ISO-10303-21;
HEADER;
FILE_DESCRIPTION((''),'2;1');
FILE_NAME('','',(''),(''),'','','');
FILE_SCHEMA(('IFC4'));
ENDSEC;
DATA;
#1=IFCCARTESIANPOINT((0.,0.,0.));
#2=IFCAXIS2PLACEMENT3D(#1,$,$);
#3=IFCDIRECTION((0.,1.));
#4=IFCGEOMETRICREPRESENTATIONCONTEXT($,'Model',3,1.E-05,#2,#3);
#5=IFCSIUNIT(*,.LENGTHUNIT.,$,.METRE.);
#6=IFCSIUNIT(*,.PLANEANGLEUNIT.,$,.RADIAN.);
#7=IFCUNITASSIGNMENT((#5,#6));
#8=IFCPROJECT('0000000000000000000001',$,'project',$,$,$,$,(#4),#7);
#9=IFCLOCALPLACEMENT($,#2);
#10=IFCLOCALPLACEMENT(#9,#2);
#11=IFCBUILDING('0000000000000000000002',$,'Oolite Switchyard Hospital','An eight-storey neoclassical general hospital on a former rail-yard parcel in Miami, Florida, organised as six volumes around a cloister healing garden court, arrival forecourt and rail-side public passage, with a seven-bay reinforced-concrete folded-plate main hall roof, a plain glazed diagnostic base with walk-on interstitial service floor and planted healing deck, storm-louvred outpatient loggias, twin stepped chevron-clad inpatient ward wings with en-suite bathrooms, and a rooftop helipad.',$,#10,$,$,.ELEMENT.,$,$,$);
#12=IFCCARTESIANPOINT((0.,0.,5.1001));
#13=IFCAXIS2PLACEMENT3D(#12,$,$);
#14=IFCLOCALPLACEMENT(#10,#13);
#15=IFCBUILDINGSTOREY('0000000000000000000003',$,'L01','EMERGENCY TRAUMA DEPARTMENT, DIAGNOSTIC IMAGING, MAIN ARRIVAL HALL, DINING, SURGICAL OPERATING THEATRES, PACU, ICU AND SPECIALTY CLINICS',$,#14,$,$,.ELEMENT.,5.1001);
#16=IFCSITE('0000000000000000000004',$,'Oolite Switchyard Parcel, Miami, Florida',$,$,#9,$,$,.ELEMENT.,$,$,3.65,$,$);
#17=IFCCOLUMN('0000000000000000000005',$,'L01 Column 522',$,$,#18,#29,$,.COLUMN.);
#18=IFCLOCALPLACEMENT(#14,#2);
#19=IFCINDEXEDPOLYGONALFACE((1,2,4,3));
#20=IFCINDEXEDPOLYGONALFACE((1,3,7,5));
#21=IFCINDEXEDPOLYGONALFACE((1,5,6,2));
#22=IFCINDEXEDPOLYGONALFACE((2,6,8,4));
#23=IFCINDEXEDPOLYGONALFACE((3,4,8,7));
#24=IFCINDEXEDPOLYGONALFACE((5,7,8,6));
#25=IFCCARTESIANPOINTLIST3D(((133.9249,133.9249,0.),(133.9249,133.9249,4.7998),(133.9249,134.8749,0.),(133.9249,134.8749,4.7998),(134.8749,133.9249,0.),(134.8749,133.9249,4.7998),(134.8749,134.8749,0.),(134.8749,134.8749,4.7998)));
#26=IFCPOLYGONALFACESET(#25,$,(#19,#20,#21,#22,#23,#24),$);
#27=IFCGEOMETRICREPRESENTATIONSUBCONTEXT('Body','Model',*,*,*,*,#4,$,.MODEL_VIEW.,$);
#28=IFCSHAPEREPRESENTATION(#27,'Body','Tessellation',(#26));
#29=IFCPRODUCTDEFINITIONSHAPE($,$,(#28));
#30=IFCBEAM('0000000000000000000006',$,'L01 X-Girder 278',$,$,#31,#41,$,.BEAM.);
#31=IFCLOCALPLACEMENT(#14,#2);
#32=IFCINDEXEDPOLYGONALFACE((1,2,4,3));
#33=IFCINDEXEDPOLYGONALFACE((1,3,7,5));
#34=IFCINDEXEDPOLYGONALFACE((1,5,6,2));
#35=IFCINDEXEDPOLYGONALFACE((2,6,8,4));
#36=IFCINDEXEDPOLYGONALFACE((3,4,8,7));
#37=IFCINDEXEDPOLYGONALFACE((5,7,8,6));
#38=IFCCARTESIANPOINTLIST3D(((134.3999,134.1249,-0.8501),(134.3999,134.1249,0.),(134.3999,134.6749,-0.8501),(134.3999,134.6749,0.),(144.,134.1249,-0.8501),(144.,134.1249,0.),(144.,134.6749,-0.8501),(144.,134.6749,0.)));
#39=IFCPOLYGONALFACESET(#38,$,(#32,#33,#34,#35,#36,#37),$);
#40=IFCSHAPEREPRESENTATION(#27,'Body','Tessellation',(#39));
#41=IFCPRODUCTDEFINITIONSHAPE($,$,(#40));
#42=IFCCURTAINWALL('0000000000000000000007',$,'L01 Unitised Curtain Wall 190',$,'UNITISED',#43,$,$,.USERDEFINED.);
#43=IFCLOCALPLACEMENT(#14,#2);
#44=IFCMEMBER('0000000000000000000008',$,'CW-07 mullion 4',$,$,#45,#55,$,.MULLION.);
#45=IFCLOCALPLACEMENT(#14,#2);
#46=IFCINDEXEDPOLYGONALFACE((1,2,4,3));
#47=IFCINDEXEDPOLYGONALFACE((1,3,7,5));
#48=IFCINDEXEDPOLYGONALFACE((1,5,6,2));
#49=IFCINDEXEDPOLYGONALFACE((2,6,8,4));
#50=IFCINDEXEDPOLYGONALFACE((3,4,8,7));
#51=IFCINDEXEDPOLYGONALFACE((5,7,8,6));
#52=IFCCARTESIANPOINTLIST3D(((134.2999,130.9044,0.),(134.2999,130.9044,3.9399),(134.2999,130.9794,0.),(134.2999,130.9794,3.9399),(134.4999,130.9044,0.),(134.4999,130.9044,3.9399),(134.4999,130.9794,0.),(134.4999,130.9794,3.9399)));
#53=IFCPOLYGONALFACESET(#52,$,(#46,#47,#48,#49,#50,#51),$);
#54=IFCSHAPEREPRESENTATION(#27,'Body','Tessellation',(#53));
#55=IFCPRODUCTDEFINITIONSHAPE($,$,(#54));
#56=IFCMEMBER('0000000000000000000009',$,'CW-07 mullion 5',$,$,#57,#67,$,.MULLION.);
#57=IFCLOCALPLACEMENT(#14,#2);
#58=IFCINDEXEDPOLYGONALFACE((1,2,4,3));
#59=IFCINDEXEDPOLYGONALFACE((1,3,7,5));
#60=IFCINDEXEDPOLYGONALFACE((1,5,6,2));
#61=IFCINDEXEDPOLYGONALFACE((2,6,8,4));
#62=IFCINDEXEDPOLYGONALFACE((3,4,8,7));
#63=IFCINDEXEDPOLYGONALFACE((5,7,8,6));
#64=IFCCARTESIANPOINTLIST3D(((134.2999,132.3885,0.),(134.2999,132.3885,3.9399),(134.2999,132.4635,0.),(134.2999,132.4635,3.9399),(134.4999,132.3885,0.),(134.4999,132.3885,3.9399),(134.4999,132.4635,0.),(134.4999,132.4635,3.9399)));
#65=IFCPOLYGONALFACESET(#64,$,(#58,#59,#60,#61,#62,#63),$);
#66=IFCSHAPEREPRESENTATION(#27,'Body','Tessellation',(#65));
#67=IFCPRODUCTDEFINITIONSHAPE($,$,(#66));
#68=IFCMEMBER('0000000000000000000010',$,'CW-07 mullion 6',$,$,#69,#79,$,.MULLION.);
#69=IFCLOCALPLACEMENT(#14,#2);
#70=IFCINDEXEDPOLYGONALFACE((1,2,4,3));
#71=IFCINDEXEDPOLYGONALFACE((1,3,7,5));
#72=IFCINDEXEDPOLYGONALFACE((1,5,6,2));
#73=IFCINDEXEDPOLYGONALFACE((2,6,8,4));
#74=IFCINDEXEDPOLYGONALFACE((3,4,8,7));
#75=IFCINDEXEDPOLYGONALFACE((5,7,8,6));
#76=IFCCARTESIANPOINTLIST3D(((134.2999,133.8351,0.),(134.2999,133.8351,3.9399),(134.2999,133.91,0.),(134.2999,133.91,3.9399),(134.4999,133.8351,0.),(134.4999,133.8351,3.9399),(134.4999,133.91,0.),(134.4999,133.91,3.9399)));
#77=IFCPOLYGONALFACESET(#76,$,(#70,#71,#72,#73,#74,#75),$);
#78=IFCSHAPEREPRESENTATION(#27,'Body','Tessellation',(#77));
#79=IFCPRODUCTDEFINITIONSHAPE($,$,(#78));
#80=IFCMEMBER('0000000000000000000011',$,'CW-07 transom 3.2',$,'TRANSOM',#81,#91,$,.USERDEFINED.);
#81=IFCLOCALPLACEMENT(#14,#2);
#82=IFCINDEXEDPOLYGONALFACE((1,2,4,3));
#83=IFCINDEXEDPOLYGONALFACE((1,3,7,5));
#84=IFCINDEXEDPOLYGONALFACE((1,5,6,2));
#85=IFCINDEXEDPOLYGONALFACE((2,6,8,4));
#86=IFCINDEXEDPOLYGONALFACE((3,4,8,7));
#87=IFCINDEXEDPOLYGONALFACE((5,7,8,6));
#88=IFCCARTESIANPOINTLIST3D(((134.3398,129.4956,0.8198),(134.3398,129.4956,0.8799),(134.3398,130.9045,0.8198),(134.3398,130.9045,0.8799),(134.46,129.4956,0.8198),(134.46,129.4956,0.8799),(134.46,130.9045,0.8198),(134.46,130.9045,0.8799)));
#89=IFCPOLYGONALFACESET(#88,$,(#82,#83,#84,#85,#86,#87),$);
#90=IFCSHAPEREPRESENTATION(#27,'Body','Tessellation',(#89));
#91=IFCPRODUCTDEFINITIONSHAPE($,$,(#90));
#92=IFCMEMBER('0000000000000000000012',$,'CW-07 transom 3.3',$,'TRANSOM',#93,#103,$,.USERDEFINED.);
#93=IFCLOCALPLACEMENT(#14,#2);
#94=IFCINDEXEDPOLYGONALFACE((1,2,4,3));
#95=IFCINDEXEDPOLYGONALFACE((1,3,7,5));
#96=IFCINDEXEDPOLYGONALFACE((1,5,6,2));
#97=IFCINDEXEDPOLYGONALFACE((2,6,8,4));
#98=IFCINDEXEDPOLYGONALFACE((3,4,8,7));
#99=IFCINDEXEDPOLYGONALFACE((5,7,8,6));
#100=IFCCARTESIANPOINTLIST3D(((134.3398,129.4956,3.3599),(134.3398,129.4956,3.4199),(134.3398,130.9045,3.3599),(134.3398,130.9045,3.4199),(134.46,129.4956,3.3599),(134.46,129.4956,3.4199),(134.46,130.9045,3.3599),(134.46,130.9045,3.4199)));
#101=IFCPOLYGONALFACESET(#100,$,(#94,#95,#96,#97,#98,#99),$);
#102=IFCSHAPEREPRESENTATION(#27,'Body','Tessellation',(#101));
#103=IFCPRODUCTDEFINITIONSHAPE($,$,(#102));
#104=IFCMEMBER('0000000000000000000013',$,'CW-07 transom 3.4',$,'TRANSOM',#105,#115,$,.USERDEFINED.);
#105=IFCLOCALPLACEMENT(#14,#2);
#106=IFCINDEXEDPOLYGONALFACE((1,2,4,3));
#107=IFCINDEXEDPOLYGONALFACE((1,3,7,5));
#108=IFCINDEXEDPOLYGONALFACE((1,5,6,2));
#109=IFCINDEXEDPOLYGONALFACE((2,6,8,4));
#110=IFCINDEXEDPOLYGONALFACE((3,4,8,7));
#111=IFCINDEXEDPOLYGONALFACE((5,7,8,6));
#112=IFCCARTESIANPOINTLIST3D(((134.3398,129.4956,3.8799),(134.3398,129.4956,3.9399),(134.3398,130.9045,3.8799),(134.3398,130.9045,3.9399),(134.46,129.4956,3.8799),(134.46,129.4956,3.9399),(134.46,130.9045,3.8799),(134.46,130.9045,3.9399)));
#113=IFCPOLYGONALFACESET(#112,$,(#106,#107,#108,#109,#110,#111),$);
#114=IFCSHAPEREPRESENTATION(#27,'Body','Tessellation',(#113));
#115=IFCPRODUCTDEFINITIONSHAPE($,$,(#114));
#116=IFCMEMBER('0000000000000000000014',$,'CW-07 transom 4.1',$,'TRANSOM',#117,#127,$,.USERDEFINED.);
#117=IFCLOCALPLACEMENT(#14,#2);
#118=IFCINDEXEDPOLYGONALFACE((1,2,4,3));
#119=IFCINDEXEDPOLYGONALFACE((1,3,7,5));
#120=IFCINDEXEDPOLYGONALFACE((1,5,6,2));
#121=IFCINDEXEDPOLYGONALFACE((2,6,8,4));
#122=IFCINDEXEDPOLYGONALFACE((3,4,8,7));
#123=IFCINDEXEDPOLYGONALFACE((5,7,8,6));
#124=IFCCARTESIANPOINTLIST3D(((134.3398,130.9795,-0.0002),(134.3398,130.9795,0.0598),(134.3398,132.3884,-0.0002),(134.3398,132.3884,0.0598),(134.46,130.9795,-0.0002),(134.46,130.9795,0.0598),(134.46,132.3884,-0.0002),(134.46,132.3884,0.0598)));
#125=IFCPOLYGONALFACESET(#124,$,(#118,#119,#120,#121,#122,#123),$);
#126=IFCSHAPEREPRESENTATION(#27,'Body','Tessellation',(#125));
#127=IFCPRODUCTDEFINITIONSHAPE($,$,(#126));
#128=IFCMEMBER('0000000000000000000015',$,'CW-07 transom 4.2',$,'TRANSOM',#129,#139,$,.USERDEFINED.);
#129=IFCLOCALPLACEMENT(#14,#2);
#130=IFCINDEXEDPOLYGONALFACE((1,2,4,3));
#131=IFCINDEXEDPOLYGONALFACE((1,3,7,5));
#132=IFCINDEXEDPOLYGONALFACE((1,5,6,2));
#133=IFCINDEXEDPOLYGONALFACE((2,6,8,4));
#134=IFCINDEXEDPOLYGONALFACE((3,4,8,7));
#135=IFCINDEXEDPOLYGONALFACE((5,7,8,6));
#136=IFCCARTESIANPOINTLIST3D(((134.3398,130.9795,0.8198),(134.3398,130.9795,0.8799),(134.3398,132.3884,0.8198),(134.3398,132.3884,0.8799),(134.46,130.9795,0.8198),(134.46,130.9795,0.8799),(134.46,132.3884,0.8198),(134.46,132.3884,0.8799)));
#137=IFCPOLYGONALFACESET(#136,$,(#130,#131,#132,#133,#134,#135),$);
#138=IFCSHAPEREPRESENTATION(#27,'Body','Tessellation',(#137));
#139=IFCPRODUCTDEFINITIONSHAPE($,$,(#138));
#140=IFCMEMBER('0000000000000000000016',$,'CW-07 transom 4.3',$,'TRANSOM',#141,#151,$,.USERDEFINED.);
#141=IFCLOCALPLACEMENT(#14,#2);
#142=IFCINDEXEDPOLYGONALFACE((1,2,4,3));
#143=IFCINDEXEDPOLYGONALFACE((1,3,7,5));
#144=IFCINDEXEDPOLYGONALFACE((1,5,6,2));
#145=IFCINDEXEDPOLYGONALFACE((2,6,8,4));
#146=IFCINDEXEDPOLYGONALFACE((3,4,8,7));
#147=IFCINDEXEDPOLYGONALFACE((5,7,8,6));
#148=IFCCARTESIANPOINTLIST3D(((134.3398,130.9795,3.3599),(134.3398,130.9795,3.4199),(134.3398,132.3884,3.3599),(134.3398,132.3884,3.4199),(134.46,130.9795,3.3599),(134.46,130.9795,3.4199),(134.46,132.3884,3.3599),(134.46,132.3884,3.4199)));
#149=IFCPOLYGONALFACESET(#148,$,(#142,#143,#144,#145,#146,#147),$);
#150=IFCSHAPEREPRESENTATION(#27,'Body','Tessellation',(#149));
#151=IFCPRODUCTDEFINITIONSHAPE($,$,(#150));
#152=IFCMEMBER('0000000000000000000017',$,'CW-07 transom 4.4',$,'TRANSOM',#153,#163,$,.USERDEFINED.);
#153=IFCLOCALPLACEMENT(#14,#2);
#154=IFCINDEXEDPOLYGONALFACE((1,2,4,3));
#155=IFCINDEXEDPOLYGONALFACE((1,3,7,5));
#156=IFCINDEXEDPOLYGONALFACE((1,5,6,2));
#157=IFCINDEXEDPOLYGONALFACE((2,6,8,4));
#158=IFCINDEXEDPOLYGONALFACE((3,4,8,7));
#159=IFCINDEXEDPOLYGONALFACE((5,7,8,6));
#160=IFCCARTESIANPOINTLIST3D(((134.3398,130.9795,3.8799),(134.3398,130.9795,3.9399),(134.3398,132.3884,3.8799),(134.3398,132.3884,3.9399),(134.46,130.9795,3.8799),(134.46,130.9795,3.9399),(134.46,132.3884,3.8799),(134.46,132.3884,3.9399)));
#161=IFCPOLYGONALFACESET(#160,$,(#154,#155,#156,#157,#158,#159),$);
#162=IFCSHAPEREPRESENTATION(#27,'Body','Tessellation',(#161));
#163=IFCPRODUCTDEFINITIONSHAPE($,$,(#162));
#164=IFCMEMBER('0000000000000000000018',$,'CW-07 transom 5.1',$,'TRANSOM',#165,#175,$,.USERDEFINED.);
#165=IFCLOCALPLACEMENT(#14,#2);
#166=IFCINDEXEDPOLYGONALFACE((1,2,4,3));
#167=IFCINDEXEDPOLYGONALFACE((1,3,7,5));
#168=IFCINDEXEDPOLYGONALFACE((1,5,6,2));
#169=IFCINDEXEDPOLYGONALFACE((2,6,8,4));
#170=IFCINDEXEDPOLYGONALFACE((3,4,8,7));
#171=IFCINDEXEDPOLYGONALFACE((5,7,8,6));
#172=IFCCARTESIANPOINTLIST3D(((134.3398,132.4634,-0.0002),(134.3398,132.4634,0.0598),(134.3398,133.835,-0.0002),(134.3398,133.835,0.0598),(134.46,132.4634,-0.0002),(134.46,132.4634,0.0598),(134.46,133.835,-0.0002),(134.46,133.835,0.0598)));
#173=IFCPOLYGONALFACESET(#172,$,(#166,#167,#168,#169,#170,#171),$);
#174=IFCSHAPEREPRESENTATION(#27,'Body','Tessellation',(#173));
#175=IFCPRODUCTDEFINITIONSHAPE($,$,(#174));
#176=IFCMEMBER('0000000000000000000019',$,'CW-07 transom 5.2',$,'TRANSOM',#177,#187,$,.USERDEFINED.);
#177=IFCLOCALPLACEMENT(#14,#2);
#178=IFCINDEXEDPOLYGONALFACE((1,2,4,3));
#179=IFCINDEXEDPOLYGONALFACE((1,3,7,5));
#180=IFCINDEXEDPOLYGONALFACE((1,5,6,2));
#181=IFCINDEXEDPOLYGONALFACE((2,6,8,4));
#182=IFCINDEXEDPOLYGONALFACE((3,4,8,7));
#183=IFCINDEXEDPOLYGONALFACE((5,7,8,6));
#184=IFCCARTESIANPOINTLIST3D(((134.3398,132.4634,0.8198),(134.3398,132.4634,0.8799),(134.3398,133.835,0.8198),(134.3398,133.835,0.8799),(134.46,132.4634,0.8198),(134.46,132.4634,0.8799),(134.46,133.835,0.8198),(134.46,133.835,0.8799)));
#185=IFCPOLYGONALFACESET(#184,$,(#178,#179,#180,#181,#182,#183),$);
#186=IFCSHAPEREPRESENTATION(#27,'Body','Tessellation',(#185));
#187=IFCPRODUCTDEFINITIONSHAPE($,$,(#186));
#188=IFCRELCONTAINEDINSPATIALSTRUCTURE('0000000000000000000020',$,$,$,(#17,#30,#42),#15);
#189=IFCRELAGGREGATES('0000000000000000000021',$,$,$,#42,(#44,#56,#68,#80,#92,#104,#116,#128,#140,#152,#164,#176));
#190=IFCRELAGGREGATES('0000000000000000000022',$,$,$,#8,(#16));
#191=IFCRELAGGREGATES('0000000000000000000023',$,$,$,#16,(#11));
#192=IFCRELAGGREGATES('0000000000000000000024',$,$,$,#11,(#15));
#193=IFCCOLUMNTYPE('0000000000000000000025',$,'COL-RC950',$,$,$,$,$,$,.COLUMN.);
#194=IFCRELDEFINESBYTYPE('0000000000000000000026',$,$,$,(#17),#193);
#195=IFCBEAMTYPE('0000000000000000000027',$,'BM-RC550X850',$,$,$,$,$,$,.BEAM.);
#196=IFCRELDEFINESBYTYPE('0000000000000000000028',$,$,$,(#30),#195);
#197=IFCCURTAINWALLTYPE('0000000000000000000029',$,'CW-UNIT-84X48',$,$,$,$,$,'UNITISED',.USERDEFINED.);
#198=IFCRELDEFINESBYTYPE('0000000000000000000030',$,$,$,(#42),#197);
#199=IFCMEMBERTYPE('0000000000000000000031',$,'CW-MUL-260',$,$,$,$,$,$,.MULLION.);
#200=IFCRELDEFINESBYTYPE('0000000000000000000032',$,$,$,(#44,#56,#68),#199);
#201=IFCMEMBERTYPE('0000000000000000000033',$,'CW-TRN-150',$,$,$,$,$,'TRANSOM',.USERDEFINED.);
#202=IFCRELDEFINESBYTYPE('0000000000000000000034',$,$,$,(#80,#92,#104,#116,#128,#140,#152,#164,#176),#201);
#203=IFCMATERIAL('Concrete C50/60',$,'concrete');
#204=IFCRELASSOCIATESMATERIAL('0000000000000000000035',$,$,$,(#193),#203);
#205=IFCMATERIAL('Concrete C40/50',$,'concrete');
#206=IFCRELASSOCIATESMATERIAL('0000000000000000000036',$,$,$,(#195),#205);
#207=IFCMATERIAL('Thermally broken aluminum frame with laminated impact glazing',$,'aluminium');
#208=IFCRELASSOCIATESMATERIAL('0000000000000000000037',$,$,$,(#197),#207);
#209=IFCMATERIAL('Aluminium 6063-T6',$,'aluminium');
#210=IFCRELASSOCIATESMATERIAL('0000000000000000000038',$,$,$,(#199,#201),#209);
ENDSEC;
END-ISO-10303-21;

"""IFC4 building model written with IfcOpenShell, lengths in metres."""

from ifc_helpers import new_model, si_unit, direction, frame, origin, origin_2d, place, context, subcontext, project, spatial, rectangle, extrude, material, material_profile, profile_set, type_object, element, aggregate, save


model = new_model("IFC4")

# Units and contexts
model_context = context("Model", 3, precision=1e-05, world=origin(), true_north=direction((0.0, 1.0)))
body_context = subcontext(model_context, "Body", "Model", "MODEL_VIEW")
ifc_project = project(units=[si_unit("LENGTHUNIT", "METRE"), si_unit("PLANEANGLEUNIT", "RADIAN")], contexts=[model_context])

# Site, building, storey
site_placement = place(None, origin())
site = spatial("IfcSite", under=ifc_project, at=site_placement, Name="Oolite Switchyard Parcel, Miami, Florida", CompositionType="ELEMENT", RefElevation=3.65)
building_placement = place(site_placement, origin())
building = spatial("IfcBuilding", under=site, at=building_placement, Name="Oolite Switchyard Hospital", Description="An eight-storey neoclassical general hospital on a former rail-yard parcel in Miami, Florida, organised as six volumes around a cloister healing garden court, arrival forecourt and rail-side public passage, with a seven-bay reinforced-concrete folded-plate main hall roof, a plain glazed diagnostic base with walk-on interstitial service floor and planted healing deck, storm-louvred outpatient loggias, twin stepped chevron-clad inpatient ward wings with en-suite bathrooms, and a rooftop helipad.", CompositionType="ELEMENT")
storey_placement = place(building_placement, frame((0.0, 0.0, 5.1001)))
storey = spatial("IfcBuildingStorey", under=building, at=storey_placement, Name="L01", Description="EMERGENCY TRAUMA DEPARTMENT, DIAGNOSTIC IMAGING, MAIN ARRIVAL HALL, DINING, SURGICAL OPERATING THEATRES, PACU, ICU AND SPECIALTY CLINICS", CompositionType="ELEMENT", Elevation=5.1001)

# Column
ifc_material_1 = material(Name="Concrete C50/60", Category="concrete")
ifc_material_profile_1 = material_profile(ifc_material_1, rectangle(XDim=0.95, YDim=0.95, at=origin_2d()), Name="RC950X950")
ifc_profile_set_1 = profile_set([ifc_material_profile_1], Name="Concrete C50/60")
column_type = type_object("IfcColumnType", Name="COL-RC950", PredefinedType="COLUMN", material=ifc_profile_set_1)
column_placement = place(storey_placement, frame((134.3999, 134.3999, 0.0), z_axis=(0.0, 0.0, 1.0), x_axis=(1.0, 0.0, 0.0)))
element("IfcColumn", 1, at=column_placement, inside=storey, type_object=column_type, Name="L01 Column 522", PredefinedType="COLUMN", context=body_context, shape_type="SweptSolid", body=[
    extrude(rectangle(XDim=0.95, YDim=0.95, at=origin_2d()), origin(), (0.0, 0.0, 1.0), 4.7998),
])

# Beam
ifc_material_2 = material(Name="Concrete C40/50", Category="concrete")
ifc_material_profile_2 = material_profile(ifc_material_2, rectangle(XDim=0.55, YDim=0.8501, at=origin_2d()), Name="RCB550X850")
ifc_profile_set_2 = profile_set([ifc_material_profile_2], Name="Concrete C40/50")
beam_type = type_object("IfcBeamType", Name="BM-RC550X850", PredefinedType="BEAM", material=ifc_profile_set_2)
beam_placement = place(storey_placement, frame((134.3999, 134.3999, -0.425), z_axis=(1.0, 0.0, 0.0), x_axis=(0.0, 1.0, 0.0)))
element("IfcBeam", 2, at=beam_placement, inside=storey, type_object=beam_type, Name="L01 X-Girder 278", PredefinedType="BEAM", context=body_context, shape_type="SweptSolid", body=[
    extrude(rectangle(XDim=0.55, YDim=0.8501, at=origin_2d()), origin(), (0.0, 0.0, 1.0), 9.6001),
])

# Curtain wall, members
ifc_material_3 = material(Name="Thermally broken aluminum frame with laminated impact glazing", Category="aluminium")
curtain_wall_type = type_object("IfcCurtainWallType", Name="CW-UNIT-84X48", ElementType="UNITISED", PredefinedType="USERDEFINED", material=ifc_material_3)
curtain_wall_placement = place(storey_placement, origin())
curtain_wall = element("IfcCurtainWall", 3, at=curtain_wall_placement, inside=storey, type_object=curtain_wall_type, Name="L01 Unitised Curtain Wall 190", ObjectType="UNITISED", PredefinedType="USERDEFINED")
ifc_material_4 = material(Name="Aluminium 6063-T6", Category="aluminium")
ifc_material_profile_3 = material_profile(ifc_material_4, rectangle(XDim=0.2, YDim=0.075, at=origin_2d()), Name="CWM75X200")
ifc_profile_set_3 = profile_set([ifc_material_profile_3], Name="Aluminium 6063-T6")
member_type_1 = type_object("IfcMemberType", Name="CW-MUL-260", PredefinedType="MULLION", material=ifc_profile_set_3)
member_1_placement = place(storey_placement, frame((134.3999, 130.9419, 0.0), z_axis=(0.0, 0.0, 1.0), x_axis=(-1.0, 0.0, 0.0)))
member_1 = element("IfcMember", 4, at=member_1_placement, type_object=member_type_1, Name="CW-07 mullion 4", PredefinedType="MULLION", context=body_context, shape_type="SweptSolid", body=[
    extrude(rectangle(XDim=0.2, YDim=0.075, at=origin_2d()), origin(), (0.0, 0.0, 1.0), 3.9399),
])
member_2_placement = place(storey_placement, frame((134.3999, 132.426, 0.0), z_axis=(0.0, 0.0, 1.0), x_axis=(-1.0, 0.0, 0.0)))
member_2 = element("IfcMember", 5, at=member_2_placement, type_object=member_type_1, Name="CW-07 mullion 5", PredefinedType="MULLION", context=body_context, shape_type="SweptSolid", body=[
    extrude(rectangle(XDim=0.2, YDim=0.075, at=origin_2d()), origin(), (0.0, 0.0, 1.0), 3.9399),
])
member_3_placement = place(storey_placement, frame((134.3999, 133.8726, 0.0), z_axis=(0.0, 0.0, 1.0), x_axis=(-1.0, 0.0, 0.0)))
member_3 = element("IfcMember", 6, at=member_3_placement, type_object=member_type_1, Name="CW-07 mullion 6", PredefinedType="MULLION", context=body_context, shape_type="SweptSolid", body=[
    extrude(rectangle(XDim=0.2, YDim=0.075, at=origin_2d()), origin(), (0.0, 0.0, 1.0), 3.9399),
])
ifc_material_profile_4 = material_profile(ifc_material_4, rectangle(XDim=0.1201, YDim=0.0601, at=origin_2d()), Name="CWT60X120")
ifc_profile_set_4 = profile_set([ifc_material_profile_4], Name="Aluminium 6063-T6")
member_type_2 = type_object("IfcMemberType", Name="CW-TRN-150", ElementType="TRANSOM", PredefinedType="USERDEFINED", material=ifc_profile_set_4)
member_4_placement = place(storey_placement, frame((134.3999, 129.4956, 0.8499), z_axis=(0.0, 1.0, 0.0), x_axis=(-1.0, 0.0, 0.0)))
member_4 = element("IfcMember", 7, at=member_4_placement, type_object=member_type_2, Name="CW-07 transom 3.2", ObjectType="TRANSOM", PredefinedType="USERDEFINED", context=body_context, shape_type="SweptSolid", body=[
    extrude(rectangle(XDim=0.1201, YDim=0.0601, at=origin_2d()), origin(), (0.0, 0.0, 1.0), 1.4089),
])
member_5_placement = place(storey_placement, frame((134.3999, 129.4956, 3.3899), z_axis=(0.0, 1.0, 0.0), x_axis=(-1.0, 0.0, 0.0)))
member_5 = element("IfcMember", 8, at=member_5_placement, type_object=member_type_2, Name="CW-07 transom 3.3", ObjectType="TRANSOM", PredefinedType="USERDEFINED", context=body_context, shape_type="SweptSolid", body=[
    extrude(rectangle(XDim=0.1201, YDim=0.0601, at=origin_2d()), origin(), (0.0, 0.0, 1.0), 1.4089),
])
member_6_placement = place(storey_placement, frame((134.3999, 129.4956, 3.9099), z_axis=(0.0, 1.0, 0.0), x_axis=(-1.0, 0.0, 0.0)))
member_6 = element("IfcMember", 9, at=member_6_placement, type_object=member_type_2, Name="CW-07 transom 3.4", ObjectType="TRANSOM", PredefinedType="USERDEFINED", context=body_context, shape_type="SweptSolid", body=[
    extrude(rectangle(XDim=0.1201, YDim=0.0601, at=origin_2d()), origin(), (0.0, 0.0, 1.0), 1.4089),
])
member_7_placement = place(storey_placement, frame((134.3999, 130.9795, 0.0298), z_axis=(0.0, 1.0, 0.0), x_axis=(-1.0, 0.0, 0.0)))
member_7 = element("IfcMember", 10, at=member_7_placement, type_object=member_type_2, Name="CW-07 transom 4.1", ObjectType="TRANSOM", PredefinedType="USERDEFINED", context=body_context, shape_type="SweptSolid", body=[
    extrude(rectangle(XDim=0.1201, YDim=0.0601, at=origin_2d()), origin(), (0.0, 0.0, 1.0), 1.4089),
])
member_8_placement = place(storey_placement, frame((134.3999, 130.9795, 0.8499), z_axis=(0.0, 1.0, 0.0), x_axis=(-1.0, 0.0, 0.0)))
member_8 = element("IfcMember", 11, at=member_8_placement, type_object=member_type_2, Name="CW-07 transom 4.2", ObjectType="TRANSOM", PredefinedType="USERDEFINED", context=body_context, shape_type="SweptSolid", body=[
    extrude(rectangle(XDim=0.1201, YDim=0.0601, at=origin_2d()), origin(), (0.0, 0.0, 1.0), 1.4089),
])
member_9_placement = place(storey_placement, frame((134.3999, 130.9795, 3.3899), z_axis=(0.0, 1.0, 0.0), x_axis=(-1.0, 0.0, 0.0)))
member_9 = element("IfcMember", 12, at=member_9_placement, type_object=member_type_2, Name="CW-07 transom 4.3", ObjectType="TRANSOM", PredefinedType="USERDEFINED", context=body_context, shape_type="SweptSolid", body=[
    extrude(rectangle(XDim=0.1201, YDim=0.0601, at=origin_2d()), origin(), (0.0, 0.0, 1.0), 1.4089),
])
member_10_placement = place(storey_placement, frame((134.3999, 130.9795, 3.9099), z_axis=(0.0, 1.0, 0.0), x_axis=(-1.0, 0.0, 0.0)))
member_10 = element("IfcMember", 13, at=member_10_placement, type_object=member_type_2, Name="CW-07 transom 4.4", ObjectType="TRANSOM", PredefinedType="USERDEFINED", context=body_context, shape_type="SweptSolid", body=[
    extrude(rectangle(XDim=0.1201, YDim=0.0601, at=origin_2d()), origin(), (0.0, 0.0, 1.0), 1.4089),
])
member_11_placement = place(storey_placement, frame((134.3999, 132.4634, 0.0298), z_axis=(0.0, 1.0, 0.0), x_axis=(-1.0, 0.0, 0.0)))
member_11 = element("IfcMember", 14, at=member_11_placement, type_object=member_type_2, Name="CW-07 transom 5.1", ObjectType="TRANSOM", PredefinedType="USERDEFINED", context=body_context, shape_type="SweptSolid", body=[
    extrude(rectangle(XDim=0.1201, YDim=0.0601, at=origin_2d()), origin(), (0.0, 0.0, 1.0), 1.3716),
])
member_12_placement = place(storey_placement, frame((134.3999, 132.4634, 0.8499), z_axis=(0.0, 1.0, 0.0), x_axis=(-1.0, 0.0, 0.0)))
member_12 = element("IfcMember", 15, at=member_12_placement, type_object=member_type_2, Name="CW-07 transom 5.2", ObjectType="TRANSOM", PredefinedType="USERDEFINED", context=body_context, shape_type="SweptSolid", body=[
    extrude(rectangle(XDim=0.1201, YDim=0.0601, at=origin_2d()), origin(), (0.0, 0.0, 1.0), 1.3716),
])
aggregate(curtain_wall, [member_1, member_2, member_3, member_4, member_5, member_6, member_7, member_8, member_9, member_10, member_11, member_12])

save(model, "model.ifc")
